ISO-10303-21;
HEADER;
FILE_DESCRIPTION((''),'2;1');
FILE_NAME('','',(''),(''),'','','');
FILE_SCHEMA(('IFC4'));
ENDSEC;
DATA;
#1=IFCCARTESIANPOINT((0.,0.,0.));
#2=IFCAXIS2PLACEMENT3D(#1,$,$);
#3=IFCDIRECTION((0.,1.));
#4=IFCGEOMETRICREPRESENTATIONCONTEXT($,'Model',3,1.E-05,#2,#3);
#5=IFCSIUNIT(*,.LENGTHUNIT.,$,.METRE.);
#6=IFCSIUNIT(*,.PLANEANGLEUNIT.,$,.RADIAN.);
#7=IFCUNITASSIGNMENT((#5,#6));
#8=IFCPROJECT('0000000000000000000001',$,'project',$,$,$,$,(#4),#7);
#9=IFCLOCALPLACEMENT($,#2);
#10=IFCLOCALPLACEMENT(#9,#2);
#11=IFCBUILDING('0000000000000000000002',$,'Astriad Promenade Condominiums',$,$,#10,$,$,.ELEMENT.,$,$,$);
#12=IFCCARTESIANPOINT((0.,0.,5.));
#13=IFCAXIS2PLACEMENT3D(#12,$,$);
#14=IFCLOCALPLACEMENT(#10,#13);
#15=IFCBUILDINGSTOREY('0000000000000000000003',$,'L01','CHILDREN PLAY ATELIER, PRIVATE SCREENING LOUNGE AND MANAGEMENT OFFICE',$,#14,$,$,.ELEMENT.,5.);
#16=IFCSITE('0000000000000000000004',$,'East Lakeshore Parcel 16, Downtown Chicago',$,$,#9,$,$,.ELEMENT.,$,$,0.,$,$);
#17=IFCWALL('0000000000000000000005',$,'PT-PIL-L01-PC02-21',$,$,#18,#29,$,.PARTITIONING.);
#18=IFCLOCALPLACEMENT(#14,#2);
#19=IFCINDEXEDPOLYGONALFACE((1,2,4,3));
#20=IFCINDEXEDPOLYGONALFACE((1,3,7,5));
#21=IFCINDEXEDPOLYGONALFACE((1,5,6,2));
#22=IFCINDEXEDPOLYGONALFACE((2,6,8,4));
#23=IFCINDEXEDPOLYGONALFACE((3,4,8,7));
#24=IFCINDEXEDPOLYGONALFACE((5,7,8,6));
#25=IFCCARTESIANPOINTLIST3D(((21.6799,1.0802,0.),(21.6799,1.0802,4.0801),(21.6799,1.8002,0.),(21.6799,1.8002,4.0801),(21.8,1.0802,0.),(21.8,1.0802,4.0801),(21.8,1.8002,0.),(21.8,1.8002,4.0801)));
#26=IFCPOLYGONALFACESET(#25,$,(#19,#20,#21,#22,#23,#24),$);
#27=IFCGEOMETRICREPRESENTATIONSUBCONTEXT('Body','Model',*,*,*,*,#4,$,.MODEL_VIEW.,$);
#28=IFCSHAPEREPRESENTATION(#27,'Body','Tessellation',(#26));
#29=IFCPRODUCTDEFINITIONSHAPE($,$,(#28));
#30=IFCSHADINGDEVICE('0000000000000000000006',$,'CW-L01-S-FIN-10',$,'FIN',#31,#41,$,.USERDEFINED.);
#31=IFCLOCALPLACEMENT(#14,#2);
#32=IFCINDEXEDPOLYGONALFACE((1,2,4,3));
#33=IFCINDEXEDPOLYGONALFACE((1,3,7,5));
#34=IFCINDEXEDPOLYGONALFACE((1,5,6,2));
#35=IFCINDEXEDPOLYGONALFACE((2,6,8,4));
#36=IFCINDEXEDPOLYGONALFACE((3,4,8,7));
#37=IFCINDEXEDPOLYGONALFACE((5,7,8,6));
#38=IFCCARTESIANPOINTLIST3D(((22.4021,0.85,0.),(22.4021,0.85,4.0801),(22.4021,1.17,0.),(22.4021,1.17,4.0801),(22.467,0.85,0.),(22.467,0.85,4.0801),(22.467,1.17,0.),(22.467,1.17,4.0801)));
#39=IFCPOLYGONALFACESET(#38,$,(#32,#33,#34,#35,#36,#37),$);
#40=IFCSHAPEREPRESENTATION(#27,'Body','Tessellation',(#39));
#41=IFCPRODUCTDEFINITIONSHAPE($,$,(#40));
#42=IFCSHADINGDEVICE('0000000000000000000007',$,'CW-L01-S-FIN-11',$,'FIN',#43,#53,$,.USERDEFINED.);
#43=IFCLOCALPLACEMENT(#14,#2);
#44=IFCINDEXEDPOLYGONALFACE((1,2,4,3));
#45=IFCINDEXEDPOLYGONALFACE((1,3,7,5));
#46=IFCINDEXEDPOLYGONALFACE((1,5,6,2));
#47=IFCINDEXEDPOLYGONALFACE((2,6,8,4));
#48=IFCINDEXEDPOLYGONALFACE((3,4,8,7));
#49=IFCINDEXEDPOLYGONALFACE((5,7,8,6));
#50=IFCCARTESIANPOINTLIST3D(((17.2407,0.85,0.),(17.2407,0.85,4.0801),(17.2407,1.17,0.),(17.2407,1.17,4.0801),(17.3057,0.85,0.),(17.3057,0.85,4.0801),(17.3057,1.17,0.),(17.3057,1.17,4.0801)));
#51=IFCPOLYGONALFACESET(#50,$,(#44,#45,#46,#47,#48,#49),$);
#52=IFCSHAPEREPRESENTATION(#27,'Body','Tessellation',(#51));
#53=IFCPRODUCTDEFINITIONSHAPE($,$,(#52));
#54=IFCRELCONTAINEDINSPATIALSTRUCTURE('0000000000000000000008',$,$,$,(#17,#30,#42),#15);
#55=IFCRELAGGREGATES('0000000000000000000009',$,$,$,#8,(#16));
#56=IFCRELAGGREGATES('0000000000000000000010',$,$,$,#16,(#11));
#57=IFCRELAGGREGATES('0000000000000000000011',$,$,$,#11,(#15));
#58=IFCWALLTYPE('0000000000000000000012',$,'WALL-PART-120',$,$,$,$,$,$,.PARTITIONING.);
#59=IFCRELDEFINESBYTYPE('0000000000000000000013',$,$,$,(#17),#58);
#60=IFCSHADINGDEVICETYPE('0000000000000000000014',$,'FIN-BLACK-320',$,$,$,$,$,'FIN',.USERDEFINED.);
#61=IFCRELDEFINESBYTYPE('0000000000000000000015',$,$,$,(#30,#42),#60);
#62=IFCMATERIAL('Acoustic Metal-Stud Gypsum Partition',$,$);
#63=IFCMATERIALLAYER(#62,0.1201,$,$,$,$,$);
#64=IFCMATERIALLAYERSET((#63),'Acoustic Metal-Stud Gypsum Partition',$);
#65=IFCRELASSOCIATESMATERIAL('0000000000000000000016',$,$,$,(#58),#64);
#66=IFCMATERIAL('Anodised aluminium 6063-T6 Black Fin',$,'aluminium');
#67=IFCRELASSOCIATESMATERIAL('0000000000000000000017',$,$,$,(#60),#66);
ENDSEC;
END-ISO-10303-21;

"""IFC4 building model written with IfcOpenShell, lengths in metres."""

from ifc_helpers import new_model, si_unit, direction, frame, frame_2d, origin, origin_2d, place, context, subcontext, project, spatial, rectangle, extrude, source, transform, mapped, material, layer, layer_set, type_object, type_shapes, element, save


model = new_model("IFC4")

# Units and contexts
model_context = context("Model", 3, precision=1e-05, world=origin(), true_north=direction((0.0, 1.0)))
body_context = subcontext(model_context, "Body", "Model", "MODEL_VIEW")
ifc_project = project(units=[si_unit("LENGTHUNIT", "METRE"), si_unit("PLANEANGLEUNIT", "RADIAN")], contexts=[model_context])

# Site, building, storey
site_placement = place(None, origin())
site = spatial("IfcSite", under=ifc_project, at=site_placement, Name="East Lakeshore Parcel 16, Downtown Chicago", CompositionType="ELEMENT", RefElevation=0.0)
building_placement = place(site_placement, origin())
building = spatial("IfcBuilding", under=site, at=building_placement, Name="Astriad Promenade Condominiums", CompositionType="ELEMENT")
storey_placement = place(building_placement, frame((0.0, 0.0, 5.0)))
storey = spatial("IfcBuildingStorey", under=building, at=storey_placement, Name="L01", Description="CHILDREN PLAY ATELIER, PRIVATE SCREENING LOUNGE AND MANAGEMENT OFFICE", CompositionType="ELEMENT", Elevation=5.0)

# Wall
ifc_material_1 = material(Name="Acoustic Metal-Stud Gypsum Partition")
ifc_layer_1 = layer(ifc_material_1, 0.1201)
ifc_layer_set_1 = layer_set([ifc_layer_1], Name="Acoustic Metal-Stud Gypsum Partition")
wall_type_1 = type_object("IfcWallType", Name="WALL-PART-120", PredefinedType="PARTITIONING", material=ifc_layer_set_1)
wall_1_placement = place(storey_placement, frame((21.74, 1.8, 0.0), z_axis=(0.0, 0.0, 1.0), x_axis=(0.0, -1.0, 0.0)))
element("IfcWall", 1, at=wall_1_placement, inside=storey, type_object=wall_type_1, Name="PT-PIL-L01-PC02-21", PredefinedType="PARTITIONING", context=body_context, shape_type="SweptSolid", body=[
    extrude(rectangle(XDim=0.72, YDim=0.1201, at=frame_2d((0.3599, 0.0))), origin(), (0.0, 0.0, 1.0), 4.0801),
])

# Shading devices
ifc_material_2 = material(Name="Anodised aluminium 6063-T6 Black Fin", Category="aluminium")
shading_device_type = type_object("IfcShadingDeviceType", Name="FIN-BLACK-320", ElementType="FIN", PredefinedType="USERDEFINED", material=ifc_material_2)
shared_shape_1 = source(origin(), body_context, "Body", "SweptSolid", [
    extrude(rectangle(XDim=0.0649, YDim=0.3201, at=origin_2d()), origin(), (0.0, 0.0, 1.0), 4.0801),
])
type_shapes(shading_device_type, [shared_shape_1])
for number, where, z_axis, x_axis, name in (
    (2, (22.4346, 1.01, 0.0), (0.0, 0.0, 1.0), (-1.0, 0.0, 0.0), "CW-L01-S-FIN-10"),
    (3, (17.2732, 1.01, 0.0), (0.0, 0.0, 1.0), (-1.0, 0.0, 0.0), "CW-L01-S-FIN-11"),
):
    element("IfcShadingDevice", number, at=place(storey_placement, frame(where, z_axis=z_axis, x_axis=x_axis)), inside=storey, type_object=shading_device_type, Name=name, ObjectType="FIN", PredefinedType="USERDEFINED", context=body_context, shape_type="MappedRepresentation", body=[
        mapped(shared_shape_1, transform((0.0, 0.0, 0.0), scale=1.0)),
    ])

save(model, "model.ifc")
